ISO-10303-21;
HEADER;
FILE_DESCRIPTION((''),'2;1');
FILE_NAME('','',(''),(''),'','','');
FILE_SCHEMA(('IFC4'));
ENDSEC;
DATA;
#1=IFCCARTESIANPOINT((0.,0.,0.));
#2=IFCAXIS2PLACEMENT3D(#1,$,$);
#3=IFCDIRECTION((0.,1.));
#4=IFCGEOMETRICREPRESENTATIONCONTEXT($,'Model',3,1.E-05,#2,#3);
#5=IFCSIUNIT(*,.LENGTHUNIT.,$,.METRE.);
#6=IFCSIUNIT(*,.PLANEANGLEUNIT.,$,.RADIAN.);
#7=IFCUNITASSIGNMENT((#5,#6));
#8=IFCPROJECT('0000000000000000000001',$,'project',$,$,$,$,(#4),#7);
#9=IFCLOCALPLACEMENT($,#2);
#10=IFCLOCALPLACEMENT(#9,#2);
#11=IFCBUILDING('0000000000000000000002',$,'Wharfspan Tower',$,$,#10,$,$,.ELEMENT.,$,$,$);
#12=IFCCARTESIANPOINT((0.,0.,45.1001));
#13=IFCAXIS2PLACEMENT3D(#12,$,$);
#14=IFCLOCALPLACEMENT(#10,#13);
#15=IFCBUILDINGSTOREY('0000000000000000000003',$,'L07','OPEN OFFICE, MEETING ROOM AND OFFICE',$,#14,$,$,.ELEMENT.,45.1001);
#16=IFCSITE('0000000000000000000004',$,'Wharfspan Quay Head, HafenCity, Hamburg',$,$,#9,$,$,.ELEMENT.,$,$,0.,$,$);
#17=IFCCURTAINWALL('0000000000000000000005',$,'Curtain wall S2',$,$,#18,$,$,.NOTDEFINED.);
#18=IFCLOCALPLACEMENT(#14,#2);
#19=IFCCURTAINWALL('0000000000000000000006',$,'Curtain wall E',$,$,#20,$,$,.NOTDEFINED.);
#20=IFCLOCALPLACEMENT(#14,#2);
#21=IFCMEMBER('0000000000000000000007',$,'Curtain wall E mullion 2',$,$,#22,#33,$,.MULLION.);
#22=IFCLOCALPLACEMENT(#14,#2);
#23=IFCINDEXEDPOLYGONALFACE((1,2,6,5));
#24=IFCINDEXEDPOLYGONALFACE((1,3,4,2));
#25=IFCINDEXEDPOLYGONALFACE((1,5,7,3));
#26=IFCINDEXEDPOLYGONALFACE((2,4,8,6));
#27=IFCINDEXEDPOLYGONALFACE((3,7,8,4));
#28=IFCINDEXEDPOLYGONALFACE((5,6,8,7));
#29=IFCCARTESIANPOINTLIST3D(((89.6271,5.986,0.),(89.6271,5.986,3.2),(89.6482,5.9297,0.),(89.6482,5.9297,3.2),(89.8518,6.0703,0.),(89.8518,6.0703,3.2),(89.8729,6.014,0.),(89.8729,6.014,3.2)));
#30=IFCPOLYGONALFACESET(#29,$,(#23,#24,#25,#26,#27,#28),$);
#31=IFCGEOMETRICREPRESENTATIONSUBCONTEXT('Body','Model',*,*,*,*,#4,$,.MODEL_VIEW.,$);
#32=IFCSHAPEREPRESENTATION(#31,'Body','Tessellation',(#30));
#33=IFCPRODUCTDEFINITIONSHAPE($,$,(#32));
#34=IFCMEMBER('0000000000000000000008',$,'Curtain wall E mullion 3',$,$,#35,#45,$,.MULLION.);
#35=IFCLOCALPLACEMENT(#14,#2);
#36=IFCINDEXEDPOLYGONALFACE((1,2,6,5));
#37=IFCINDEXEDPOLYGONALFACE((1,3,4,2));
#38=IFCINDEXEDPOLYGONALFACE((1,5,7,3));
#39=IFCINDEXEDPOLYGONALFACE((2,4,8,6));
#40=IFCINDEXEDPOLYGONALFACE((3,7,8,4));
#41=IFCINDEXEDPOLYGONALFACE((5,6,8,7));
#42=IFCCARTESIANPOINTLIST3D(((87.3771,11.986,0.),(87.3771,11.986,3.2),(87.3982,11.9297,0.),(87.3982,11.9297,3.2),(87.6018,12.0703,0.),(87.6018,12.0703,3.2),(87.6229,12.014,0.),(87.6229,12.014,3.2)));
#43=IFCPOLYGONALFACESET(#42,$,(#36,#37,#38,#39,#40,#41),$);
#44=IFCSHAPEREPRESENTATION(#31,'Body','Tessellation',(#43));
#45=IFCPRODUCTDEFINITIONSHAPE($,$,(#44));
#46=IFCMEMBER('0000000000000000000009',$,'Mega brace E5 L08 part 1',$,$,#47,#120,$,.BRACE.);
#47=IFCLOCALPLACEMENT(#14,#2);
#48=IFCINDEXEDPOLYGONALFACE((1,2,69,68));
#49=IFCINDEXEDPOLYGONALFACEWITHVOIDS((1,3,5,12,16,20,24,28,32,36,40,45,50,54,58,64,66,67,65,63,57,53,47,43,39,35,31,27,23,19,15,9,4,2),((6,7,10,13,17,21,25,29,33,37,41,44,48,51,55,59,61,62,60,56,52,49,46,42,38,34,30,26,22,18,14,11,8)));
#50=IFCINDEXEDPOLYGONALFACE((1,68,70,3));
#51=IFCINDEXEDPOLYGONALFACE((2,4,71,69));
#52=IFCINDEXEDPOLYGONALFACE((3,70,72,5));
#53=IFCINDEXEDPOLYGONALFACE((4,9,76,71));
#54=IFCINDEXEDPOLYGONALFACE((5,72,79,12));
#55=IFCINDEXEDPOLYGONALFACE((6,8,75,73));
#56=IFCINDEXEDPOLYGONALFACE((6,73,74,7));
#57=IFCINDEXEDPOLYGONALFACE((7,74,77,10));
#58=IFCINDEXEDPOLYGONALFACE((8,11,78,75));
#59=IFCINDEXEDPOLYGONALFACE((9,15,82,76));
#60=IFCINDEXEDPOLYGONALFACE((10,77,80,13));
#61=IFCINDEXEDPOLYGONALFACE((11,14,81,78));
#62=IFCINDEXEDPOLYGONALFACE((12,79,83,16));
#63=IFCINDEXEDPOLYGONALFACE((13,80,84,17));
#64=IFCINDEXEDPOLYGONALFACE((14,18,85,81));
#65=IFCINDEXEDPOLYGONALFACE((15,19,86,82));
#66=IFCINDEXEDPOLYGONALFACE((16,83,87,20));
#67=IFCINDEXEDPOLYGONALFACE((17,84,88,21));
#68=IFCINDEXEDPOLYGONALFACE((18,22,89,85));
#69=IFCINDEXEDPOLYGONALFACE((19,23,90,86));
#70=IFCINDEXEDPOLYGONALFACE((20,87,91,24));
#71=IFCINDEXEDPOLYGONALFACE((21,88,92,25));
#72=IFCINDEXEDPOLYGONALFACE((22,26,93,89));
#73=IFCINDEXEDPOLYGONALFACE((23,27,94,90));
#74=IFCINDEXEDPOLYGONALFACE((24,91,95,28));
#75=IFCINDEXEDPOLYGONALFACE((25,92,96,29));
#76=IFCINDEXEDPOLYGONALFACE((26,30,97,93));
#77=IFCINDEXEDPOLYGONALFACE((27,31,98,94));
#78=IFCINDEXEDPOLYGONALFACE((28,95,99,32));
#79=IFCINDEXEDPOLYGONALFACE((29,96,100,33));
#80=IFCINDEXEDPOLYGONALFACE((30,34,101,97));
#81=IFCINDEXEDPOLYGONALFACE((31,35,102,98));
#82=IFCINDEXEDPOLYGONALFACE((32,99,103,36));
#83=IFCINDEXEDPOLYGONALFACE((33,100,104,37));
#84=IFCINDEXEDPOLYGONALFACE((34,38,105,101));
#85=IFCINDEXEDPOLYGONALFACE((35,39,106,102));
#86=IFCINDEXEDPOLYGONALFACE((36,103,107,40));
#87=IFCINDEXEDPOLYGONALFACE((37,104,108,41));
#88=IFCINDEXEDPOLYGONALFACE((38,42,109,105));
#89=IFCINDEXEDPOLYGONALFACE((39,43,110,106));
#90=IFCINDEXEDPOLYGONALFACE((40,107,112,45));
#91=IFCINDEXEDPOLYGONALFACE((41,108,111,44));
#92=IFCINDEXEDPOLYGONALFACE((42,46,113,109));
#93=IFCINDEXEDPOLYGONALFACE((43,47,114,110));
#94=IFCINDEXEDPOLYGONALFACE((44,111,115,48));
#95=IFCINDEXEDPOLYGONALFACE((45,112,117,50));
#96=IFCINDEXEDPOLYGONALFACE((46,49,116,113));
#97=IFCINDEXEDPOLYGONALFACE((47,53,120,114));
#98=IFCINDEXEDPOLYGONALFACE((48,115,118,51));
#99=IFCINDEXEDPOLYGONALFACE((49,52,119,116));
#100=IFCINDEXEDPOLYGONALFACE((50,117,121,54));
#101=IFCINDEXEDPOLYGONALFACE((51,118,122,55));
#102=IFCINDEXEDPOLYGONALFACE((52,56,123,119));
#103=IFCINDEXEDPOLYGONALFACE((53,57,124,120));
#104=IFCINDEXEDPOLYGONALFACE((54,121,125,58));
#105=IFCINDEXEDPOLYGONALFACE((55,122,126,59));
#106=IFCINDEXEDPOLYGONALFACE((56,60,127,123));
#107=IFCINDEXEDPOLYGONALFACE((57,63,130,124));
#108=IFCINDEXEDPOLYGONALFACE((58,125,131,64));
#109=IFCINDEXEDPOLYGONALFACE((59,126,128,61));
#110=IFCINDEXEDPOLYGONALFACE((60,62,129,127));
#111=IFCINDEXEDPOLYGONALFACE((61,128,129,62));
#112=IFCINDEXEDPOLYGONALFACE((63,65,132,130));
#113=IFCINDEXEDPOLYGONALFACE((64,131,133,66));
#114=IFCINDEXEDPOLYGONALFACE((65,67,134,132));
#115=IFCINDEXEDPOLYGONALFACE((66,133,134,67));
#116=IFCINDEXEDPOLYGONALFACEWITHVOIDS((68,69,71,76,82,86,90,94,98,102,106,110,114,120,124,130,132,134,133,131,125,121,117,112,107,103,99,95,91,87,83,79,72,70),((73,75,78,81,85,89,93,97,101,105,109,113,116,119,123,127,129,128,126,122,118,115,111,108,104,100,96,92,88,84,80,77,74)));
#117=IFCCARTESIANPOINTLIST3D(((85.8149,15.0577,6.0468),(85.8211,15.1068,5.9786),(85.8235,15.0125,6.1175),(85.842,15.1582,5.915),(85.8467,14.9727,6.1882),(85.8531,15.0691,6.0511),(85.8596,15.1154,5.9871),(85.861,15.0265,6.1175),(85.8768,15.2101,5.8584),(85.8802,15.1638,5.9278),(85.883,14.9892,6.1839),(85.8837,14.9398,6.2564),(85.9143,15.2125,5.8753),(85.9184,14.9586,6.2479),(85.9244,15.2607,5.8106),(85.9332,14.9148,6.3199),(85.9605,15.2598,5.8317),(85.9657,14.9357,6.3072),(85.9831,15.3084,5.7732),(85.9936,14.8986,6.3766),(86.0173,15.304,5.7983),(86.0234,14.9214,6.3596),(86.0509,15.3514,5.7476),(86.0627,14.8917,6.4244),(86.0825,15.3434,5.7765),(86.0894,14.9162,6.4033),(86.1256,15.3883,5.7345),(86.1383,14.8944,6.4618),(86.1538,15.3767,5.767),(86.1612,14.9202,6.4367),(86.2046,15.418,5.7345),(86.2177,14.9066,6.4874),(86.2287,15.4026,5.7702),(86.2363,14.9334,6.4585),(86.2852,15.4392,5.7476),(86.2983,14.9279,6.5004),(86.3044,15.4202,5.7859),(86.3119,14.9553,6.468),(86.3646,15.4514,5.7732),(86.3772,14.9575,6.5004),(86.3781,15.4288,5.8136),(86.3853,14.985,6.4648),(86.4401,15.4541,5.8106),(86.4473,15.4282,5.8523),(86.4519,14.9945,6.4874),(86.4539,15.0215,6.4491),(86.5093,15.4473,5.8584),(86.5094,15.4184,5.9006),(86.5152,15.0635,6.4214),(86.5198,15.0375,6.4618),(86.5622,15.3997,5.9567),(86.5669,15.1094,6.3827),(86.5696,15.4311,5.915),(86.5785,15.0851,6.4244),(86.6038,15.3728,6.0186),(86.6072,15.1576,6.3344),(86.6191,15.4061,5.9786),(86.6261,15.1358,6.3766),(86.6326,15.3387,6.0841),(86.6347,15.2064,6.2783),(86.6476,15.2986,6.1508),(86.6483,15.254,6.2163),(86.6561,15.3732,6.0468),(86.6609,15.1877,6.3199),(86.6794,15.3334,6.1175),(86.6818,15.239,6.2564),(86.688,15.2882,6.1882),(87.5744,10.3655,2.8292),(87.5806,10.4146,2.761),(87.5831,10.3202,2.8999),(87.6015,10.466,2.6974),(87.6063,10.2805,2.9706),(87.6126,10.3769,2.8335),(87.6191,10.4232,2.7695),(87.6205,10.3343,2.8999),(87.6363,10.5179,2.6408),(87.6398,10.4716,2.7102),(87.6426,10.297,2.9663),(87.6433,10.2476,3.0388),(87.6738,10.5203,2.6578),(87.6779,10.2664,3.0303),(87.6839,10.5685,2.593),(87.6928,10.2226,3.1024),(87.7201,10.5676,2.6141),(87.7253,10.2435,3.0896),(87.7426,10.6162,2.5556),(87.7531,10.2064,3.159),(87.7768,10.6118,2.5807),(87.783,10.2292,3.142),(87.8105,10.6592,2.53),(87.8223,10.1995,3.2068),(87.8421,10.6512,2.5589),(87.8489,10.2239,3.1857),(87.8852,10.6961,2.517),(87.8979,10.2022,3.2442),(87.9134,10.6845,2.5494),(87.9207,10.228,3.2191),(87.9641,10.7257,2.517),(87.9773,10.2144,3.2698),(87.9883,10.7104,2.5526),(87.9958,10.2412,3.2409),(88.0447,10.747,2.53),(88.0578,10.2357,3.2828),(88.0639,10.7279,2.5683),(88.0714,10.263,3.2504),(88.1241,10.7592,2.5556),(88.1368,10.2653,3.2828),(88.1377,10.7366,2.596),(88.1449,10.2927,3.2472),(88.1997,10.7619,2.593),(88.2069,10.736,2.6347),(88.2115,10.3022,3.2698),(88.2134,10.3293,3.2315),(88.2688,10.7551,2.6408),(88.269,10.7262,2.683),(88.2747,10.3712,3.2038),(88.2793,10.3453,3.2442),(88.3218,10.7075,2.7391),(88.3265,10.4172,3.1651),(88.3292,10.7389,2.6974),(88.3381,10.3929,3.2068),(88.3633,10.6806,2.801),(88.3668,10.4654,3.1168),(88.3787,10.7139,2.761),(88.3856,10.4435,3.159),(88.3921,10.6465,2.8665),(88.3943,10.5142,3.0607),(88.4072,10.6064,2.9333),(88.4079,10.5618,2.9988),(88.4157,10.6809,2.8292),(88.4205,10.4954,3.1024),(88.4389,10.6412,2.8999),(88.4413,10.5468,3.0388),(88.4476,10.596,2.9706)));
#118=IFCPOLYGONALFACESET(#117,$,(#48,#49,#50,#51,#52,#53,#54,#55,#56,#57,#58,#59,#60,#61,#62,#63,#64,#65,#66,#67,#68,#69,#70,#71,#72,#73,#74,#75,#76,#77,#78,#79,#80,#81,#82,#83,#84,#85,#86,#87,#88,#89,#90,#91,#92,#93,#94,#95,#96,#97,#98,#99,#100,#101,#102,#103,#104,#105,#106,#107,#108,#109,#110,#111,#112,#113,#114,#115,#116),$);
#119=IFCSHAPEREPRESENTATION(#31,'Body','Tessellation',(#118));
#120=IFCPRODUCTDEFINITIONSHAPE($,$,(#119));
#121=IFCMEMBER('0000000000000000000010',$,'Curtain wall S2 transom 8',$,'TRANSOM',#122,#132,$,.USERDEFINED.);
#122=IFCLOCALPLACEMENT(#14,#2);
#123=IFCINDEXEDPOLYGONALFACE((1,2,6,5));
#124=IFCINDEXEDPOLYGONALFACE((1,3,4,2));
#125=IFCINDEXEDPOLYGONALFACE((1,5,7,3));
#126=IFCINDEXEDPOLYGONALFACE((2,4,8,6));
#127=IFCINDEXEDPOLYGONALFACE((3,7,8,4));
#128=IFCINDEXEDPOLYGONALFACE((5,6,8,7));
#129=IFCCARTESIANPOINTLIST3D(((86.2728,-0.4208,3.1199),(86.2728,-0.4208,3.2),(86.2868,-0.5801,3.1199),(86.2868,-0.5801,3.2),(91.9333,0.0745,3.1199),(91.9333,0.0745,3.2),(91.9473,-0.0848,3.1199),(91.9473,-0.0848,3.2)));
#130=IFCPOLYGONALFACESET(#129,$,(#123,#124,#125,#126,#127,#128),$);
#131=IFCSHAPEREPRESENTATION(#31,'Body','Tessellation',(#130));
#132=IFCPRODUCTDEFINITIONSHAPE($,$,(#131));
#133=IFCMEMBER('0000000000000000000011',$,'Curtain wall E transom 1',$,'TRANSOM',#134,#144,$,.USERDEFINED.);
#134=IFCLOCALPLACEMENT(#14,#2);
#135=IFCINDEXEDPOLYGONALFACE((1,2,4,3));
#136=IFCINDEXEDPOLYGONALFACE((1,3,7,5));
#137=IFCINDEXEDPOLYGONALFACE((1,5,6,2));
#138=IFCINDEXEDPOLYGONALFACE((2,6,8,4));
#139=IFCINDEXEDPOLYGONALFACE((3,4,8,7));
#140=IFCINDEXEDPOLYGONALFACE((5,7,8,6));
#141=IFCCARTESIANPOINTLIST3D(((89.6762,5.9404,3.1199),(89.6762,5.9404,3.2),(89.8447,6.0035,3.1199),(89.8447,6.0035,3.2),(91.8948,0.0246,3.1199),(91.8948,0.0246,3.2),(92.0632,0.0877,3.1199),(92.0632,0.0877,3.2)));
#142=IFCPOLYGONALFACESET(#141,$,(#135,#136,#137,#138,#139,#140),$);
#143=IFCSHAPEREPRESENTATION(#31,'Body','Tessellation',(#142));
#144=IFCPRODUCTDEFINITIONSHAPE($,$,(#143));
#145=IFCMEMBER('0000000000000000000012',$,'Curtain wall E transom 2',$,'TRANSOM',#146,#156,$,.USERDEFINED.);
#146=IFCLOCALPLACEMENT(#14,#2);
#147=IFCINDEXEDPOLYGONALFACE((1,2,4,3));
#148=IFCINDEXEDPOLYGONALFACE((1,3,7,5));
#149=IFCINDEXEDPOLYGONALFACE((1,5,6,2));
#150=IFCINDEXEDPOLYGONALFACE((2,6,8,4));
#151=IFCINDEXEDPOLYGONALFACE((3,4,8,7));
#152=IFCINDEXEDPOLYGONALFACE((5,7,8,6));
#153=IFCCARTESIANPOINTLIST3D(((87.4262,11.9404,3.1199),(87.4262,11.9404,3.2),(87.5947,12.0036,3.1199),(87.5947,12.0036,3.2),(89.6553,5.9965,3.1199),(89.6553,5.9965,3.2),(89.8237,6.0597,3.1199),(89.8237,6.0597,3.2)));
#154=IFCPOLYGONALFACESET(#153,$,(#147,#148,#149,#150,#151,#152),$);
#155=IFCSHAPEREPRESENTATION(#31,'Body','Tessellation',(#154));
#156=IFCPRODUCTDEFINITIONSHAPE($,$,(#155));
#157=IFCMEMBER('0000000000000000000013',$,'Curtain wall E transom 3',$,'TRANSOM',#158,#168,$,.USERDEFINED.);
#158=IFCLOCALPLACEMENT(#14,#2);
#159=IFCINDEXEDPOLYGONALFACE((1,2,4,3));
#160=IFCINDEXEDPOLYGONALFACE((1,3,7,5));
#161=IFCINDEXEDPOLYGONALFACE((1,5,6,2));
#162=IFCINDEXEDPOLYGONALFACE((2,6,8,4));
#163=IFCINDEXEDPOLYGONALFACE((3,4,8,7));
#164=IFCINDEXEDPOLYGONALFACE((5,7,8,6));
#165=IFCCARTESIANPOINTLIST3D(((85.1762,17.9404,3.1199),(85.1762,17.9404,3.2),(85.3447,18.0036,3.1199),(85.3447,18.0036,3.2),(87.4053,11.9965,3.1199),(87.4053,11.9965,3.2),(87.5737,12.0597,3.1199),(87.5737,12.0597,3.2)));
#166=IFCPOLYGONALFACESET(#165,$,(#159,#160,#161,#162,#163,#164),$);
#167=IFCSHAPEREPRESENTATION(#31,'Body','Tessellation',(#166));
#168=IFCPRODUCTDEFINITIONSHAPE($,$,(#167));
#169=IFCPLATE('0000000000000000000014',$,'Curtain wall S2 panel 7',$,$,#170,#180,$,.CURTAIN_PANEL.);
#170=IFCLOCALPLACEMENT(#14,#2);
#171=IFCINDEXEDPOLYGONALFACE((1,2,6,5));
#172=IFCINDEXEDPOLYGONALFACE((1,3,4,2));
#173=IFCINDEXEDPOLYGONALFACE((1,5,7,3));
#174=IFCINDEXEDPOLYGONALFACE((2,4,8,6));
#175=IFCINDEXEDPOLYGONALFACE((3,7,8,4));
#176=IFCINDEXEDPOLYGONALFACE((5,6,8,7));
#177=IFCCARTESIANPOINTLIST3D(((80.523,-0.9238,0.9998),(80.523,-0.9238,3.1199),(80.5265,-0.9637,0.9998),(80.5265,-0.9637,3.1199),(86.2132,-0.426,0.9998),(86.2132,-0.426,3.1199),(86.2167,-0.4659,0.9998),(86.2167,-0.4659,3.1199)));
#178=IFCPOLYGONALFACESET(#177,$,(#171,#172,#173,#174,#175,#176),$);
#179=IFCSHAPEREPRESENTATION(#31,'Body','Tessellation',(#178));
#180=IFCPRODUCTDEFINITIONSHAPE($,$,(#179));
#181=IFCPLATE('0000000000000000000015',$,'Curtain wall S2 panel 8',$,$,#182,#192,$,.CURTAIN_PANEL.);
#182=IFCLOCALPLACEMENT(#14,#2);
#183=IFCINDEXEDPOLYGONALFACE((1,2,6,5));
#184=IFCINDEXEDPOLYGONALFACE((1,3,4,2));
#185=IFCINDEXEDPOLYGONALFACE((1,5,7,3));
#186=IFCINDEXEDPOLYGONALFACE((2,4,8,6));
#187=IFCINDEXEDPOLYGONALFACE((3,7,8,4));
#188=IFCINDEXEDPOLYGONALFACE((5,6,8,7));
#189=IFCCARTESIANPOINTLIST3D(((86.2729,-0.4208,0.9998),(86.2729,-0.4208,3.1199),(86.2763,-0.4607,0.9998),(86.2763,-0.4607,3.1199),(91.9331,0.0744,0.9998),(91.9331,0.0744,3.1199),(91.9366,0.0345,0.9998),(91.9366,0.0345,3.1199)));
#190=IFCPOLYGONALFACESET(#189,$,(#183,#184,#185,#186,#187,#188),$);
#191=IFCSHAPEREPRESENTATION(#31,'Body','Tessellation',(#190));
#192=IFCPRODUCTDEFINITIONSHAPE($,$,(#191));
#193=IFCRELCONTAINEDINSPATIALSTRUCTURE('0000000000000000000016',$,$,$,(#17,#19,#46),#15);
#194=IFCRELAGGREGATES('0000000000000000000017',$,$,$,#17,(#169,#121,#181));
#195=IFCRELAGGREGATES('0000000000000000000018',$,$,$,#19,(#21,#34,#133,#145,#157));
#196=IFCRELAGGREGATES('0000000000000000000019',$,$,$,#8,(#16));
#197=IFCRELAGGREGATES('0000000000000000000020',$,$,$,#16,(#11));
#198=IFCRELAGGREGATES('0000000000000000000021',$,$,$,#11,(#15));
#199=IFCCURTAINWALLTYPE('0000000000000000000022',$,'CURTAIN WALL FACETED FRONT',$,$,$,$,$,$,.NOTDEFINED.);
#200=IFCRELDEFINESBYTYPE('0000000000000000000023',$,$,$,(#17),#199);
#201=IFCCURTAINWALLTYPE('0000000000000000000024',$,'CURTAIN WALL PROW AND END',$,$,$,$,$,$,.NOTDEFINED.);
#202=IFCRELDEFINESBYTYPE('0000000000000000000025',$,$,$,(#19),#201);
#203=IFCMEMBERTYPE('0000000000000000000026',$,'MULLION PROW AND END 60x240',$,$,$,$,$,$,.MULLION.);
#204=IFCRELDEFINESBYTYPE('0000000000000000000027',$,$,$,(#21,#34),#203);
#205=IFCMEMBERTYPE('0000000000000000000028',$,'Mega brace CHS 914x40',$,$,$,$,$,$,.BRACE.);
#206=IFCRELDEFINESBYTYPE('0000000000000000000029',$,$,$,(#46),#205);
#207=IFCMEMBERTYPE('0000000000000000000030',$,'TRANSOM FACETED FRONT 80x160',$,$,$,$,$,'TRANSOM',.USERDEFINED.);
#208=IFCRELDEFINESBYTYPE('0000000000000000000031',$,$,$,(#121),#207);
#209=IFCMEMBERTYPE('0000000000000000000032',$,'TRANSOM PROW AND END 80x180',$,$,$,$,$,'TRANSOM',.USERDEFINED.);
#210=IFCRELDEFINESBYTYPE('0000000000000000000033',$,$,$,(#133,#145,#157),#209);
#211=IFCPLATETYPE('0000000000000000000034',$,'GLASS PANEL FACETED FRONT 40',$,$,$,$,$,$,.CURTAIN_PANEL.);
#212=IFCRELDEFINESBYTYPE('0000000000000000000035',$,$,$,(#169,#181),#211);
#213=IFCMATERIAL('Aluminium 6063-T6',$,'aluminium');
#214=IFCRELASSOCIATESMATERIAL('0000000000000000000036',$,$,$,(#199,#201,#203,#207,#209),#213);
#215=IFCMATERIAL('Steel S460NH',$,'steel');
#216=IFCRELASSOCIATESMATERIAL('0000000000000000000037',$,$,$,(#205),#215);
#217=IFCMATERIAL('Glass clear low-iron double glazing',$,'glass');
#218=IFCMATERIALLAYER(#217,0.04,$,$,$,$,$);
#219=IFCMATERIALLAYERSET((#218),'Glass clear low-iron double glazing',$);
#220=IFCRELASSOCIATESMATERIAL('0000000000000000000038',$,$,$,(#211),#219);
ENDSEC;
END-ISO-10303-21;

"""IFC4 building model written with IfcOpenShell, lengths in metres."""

from ifc_helpers import new_model, si_unit, direction, frame, origin, origin_2d, place, context, subcontext, project, spatial, rectangle, hollow_circle, extrude, material, layer, layer_set, material_profile, profile_set, type_object, element, aggregate, save


model = new_model("IFC4")

# Units and contexts
model_context = context("Model", 3, precision=1e-05, world=origin(), true_north=direction((0.0, 1.0)))
body_context = subcontext(model_context, "Body", "Model", "MODEL_VIEW")
ifc_project = project(units=[si_unit("LENGTHUNIT", "METRE"), si_unit("PLANEANGLEUNIT", "RADIAN")], contexts=[model_context])

# Site, building, storey
site_placement = place(None, origin())
site = spatial("IfcSite", under=ifc_project, at=site_placement, Name="Wharfspan Quay Head, HafenCity, Hamburg", CompositionType="ELEMENT", RefElevation=0.0)
building_placement = place(site_placement, origin())
building = spatial("IfcBuilding", under=site, at=building_placement, Name="Wharfspan Tower", CompositionType="ELEMENT")
storey_placement = place(building_placement, frame((0.0, 0.0, 45.1001)))
storey = spatial("IfcBuildingStorey", under=building, at=storey_placement, Name="L07", Description="OPEN OFFICE, MEETING ROOM AND OFFICE", CompositionType="ELEMENT", Elevation=45.1001)

# Curtain walls, members
ifc_material_1 = material(Name="Aluminium 6063-T6", Category="aluminium")
curtain_wall_type_1 = type_object("IfcCurtainWallType", Name="CURTAIN WALL FACETED FRONT", PredefinedType="NOTDEFINED", material=ifc_material_1)
curtain_wall_1_placement = place(storey_placement, origin())
curtain_wall_1 = element("IfcCurtainWall", 1, at=curtain_wall_1_placement, inside=storey, type_object=curtain_wall_type_1, Name="Curtain wall S2", PredefinedType="NOTDEFINED")
curtain_wall_type_2 = type_object("IfcCurtainWallType", Name="CURTAIN WALL PROW AND END", PredefinedType="NOTDEFINED", material=ifc_material_1)
curtain_wall_2_placement = place(storey_placement, origin())
curtain_wall_2 = element("IfcCurtainWall", 2, at=curtain_wall_2_placement, inside=storey, type_object=curtain_wall_type_2, Name="Curtain wall E", PredefinedType="NOTDEFINED")
ifc_material_profile_1 = material_profile(ifc_material_1, rectangle(XDim=0.24, YDim=0.0601, at=origin_2d()))
ifc_profile_set_1 = profile_set([ifc_material_profile_1], Name="Aluminium 6063-T6")
member_type_1 = type_object("IfcMemberType", Name="MULLION PROW AND END 60x240", PredefinedType="MULLION", material=ifc_profile_set_1)
member_1_placement = place(storey_placement, frame((89.75, 6.0, 0.0), z_axis=(0.0, 0.0, 1.0), x_axis=(-0.936328, -0.351123, 0.0)))
member_1 = element("IfcMember", 3, at=member_1_placement, type_object=member_type_1, Name="Curtain wall E mullion 2", PredefinedType="MULLION", context=body_context, shape_type="SweptSolid", body=[
    extrude(rectangle(XDim=0.24, YDim=0.0601, at=origin_2d()), origin(), (0.0, 0.0, 1.0), 3.2),
])
member_2_placement = place(storey_placement, frame((87.5, 12.0, 0.0), z_axis=(0.0, 0.0, 1.0), x_axis=(-0.936328, -0.351123, 0.0)))
member_2 = element("IfcMember", 4, at=member_2_placement, type_object=member_type_1, Name="Curtain wall E mullion 3", PredefinedType="MULLION", context=body_context, shape_type="SweptSolid", body=[
    extrude(rectangle(XDim=0.24, YDim=0.0601, at=origin_2d()), origin(), (0.0, 0.0, 1.0), 3.2),
])

# Members
ifc_material_2 = material(Name="Steel S460NH", Category="steel")
ifc_material_profile_2 = material_profile(ifc_material_2, hollow_circle(Radius=0.457, WallThickness=0.04, at=origin_2d()))
ifc_profile_set_2 = profile_set([ifc_material_profile_2], Name="Steel S460NH")
member_type_2 = type_object("IfcMemberType", Name="Mega brace CHS 914x40", PredefinedType="BRACE", material=ifc_profile_set_2)
member_3_placement = place(storey_placement, frame((88.011, 10.4807, 2.8999), z_axis=(-0.295459, 0.787904, 0.540288), x_axis=(-0.936328, -0.351115, -0.000003)))
element("IfcMember", 5, at=member_3_placement, inside=storey, type_object=member_type_2, Name="Mega brace E5 L08 part 1", PredefinedType="BRACE", context=body_context, shape_type="SweptSolid", body=[
    extrude(hollow_circle(Radius=0.457, WallThickness=0.04, at=origin_2d()), origin(), (0.0, 0.0, 1.0), 5.9553),
])
ifc_material_profile_3 = material_profile(ifc_material_1, rectangle(XDim=0.1599, YDim=0.0801, at=origin_2d()))
ifc_profile_set_3 = profile_set([ifc_material_profile_3], Name="Aluminium 6063-T6")
member_type_3 = type_object("IfcMemberType", Name="TRANSOM FACETED FRONT 80x160", ElementType="TRANSOM", PredefinedType="USERDEFINED", material=ifc_profile_set_3)
member_4_placement = place(storey_placement, frame((86.2798, -0.5005, 3.1599), z_axis=(0.996193, 0.08718, 0.0), x_axis=(-0.08718, 0.996193, 0.0)))
member_4 = element("IfcMember", 6, at=member_4_placement, type_object=member_type_3, Name="Curtain wall S2 transom 8", ObjectType="TRANSOM", PredefinedType="USERDEFINED", context=body_context, shape_type="SweptSolid", body=[
    extrude(rectangle(XDim=0.1599, YDim=0.0801, at=origin_2d()), origin(), (0.0, 0.0, 1.0), 5.6821),
])
ifc_material_profile_4 = material_profile(ifc_material_1, rectangle(XDim=0.1799, YDim=0.0801, at=origin_2d()))
ifc_profile_set_4 = profile_set([ifc_material_profile_4], Name="Aluminium 6063-T6")
member_type_4 = type_object("IfcMemberType", Name="TRANSOM PROW AND END 80x180", ElementType="TRANSOM", PredefinedType="USERDEFINED", material=ifc_profile_set_4)
member_5_placement = place(storey_placement, frame((91.979, 0.0562, 3.1599), z_axis=(-0.351136, 0.936324, 0.0), x_axis=(-0.936324, -0.351136, 0.0)))
member_5 = element("IfcMember", 7, at=member_5_placement, type_object=member_type_4, Name="Curtain wall E transom 1", ObjectType="TRANSOM", PredefinedType="USERDEFINED", context=body_context, shape_type="SweptSolid", body=[
    extrude(rectangle(XDim=0.1799, YDim=0.0801, at=origin_2d()), origin(), (0.0, 0.0, 1.0), 6.3181),
])
member_6_placement = place(storey_placement, frame((89.7395, 6.0281, 3.1599), z_axis=(-0.351132, 0.936326, 0.0), x_axis=(-0.936326, -0.351132, 0.0)))
member_6 = element("IfcMember", 8, at=member_6_placement, type_object=member_type_4, Name="Curtain wall E transom 2", ObjectType="TRANSOM", PredefinedType="USERDEFINED", context=body_context, shape_type="SweptSolid", body=[
    extrude(rectangle(XDim=0.1799, YDim=0.0801, at=origin_2d()), origin(), (0.0, 0.0, 1.0), 6.3481),
])
member_7_placement = place(storey_placement, frame((87.4895, 12.0281, 3.1599), z_axis=(-0.351132, 0.936326, 0.0), x_axis=(-0.936326, -0.351132, 0.0)))
member_7 = element("IfcMember", 9, at=member_7_placement, type_object=member_type_4, Name="Curtain wall E transom 3", ObjectType="TRANSOM", PredefinedType="USERDEFINED", context=body_context, shape_type="SweptSolid", body=[
    extrude(rectangle(XDim=0.1799, YDim=0.0801, at=origin_2d()), origin(), (0.0, 0.0, 1.0), 6.3481),
])

# Plates
ifc_material_3 = material(Name="Glass clear low-iron double glazing", Category="glass")
ifc_layer_1 = layer(ifc_material_3, 0.04)
ifc_layer_set_1 = layer_set([ifc_layer_1], Name="Glass clear low-iron double glazing")
plate_type_1 = type_object("IfcPlateType", Name="GLASS PANEL FACETED FRONT 40", PredefinedType="CURTAIN_PANEL", material=ifc_layer_set_1)
plate_1_placement = place(storey_placement, frame((83.3699, -0.6948, 0.9998), z_axis=(0.0, 0.0, 1.0), x_axis=(0.996197, 0.087156, 0.0)))
plate_1 = element("IfcPlate", 10, at=plate_1_placement, type_object=plate_type_1, Name="Curtain wall S2 panel 7", PredefinedType="CURTAIN_PANEL", context=body_context, shape_type="SweptSolid", body=[
    extrude(rectangle(XDim=5.7119, YDim=0.04, at=origin_2d()), origin(), (0.0, 0.0, 1.0), 2.1201),
])
plate_2_placement = place(storey_placement, frame((89.1047, -0.1931, 0.9998), z_axis=(0.0, 0.0, 1.0), x_axis=(0.996197, 0.087156, 0.0)))
plate_2 = element("IfcPlate", 11, at=plate_2_placement, type_object=plate_type_1, Name="Curtain wall S2 panel 8", PredefinedType="CURTAIN_PANEL", context=body_context, shape_type="SweptSolid", body=[
    extrude(rectangle(XDim=5.6819, YDim=0.04, at=origin_2d()), origin(), (0.0, 0.0, 1.0), 2.1201),
])
aggregate(curtain_wall_1, [plate_1, member_4, plate_2])
aggregate(curtain_wall_2, [member_1, member_2, member_5, member_6, member_7])

save(model, "model.ifc")
